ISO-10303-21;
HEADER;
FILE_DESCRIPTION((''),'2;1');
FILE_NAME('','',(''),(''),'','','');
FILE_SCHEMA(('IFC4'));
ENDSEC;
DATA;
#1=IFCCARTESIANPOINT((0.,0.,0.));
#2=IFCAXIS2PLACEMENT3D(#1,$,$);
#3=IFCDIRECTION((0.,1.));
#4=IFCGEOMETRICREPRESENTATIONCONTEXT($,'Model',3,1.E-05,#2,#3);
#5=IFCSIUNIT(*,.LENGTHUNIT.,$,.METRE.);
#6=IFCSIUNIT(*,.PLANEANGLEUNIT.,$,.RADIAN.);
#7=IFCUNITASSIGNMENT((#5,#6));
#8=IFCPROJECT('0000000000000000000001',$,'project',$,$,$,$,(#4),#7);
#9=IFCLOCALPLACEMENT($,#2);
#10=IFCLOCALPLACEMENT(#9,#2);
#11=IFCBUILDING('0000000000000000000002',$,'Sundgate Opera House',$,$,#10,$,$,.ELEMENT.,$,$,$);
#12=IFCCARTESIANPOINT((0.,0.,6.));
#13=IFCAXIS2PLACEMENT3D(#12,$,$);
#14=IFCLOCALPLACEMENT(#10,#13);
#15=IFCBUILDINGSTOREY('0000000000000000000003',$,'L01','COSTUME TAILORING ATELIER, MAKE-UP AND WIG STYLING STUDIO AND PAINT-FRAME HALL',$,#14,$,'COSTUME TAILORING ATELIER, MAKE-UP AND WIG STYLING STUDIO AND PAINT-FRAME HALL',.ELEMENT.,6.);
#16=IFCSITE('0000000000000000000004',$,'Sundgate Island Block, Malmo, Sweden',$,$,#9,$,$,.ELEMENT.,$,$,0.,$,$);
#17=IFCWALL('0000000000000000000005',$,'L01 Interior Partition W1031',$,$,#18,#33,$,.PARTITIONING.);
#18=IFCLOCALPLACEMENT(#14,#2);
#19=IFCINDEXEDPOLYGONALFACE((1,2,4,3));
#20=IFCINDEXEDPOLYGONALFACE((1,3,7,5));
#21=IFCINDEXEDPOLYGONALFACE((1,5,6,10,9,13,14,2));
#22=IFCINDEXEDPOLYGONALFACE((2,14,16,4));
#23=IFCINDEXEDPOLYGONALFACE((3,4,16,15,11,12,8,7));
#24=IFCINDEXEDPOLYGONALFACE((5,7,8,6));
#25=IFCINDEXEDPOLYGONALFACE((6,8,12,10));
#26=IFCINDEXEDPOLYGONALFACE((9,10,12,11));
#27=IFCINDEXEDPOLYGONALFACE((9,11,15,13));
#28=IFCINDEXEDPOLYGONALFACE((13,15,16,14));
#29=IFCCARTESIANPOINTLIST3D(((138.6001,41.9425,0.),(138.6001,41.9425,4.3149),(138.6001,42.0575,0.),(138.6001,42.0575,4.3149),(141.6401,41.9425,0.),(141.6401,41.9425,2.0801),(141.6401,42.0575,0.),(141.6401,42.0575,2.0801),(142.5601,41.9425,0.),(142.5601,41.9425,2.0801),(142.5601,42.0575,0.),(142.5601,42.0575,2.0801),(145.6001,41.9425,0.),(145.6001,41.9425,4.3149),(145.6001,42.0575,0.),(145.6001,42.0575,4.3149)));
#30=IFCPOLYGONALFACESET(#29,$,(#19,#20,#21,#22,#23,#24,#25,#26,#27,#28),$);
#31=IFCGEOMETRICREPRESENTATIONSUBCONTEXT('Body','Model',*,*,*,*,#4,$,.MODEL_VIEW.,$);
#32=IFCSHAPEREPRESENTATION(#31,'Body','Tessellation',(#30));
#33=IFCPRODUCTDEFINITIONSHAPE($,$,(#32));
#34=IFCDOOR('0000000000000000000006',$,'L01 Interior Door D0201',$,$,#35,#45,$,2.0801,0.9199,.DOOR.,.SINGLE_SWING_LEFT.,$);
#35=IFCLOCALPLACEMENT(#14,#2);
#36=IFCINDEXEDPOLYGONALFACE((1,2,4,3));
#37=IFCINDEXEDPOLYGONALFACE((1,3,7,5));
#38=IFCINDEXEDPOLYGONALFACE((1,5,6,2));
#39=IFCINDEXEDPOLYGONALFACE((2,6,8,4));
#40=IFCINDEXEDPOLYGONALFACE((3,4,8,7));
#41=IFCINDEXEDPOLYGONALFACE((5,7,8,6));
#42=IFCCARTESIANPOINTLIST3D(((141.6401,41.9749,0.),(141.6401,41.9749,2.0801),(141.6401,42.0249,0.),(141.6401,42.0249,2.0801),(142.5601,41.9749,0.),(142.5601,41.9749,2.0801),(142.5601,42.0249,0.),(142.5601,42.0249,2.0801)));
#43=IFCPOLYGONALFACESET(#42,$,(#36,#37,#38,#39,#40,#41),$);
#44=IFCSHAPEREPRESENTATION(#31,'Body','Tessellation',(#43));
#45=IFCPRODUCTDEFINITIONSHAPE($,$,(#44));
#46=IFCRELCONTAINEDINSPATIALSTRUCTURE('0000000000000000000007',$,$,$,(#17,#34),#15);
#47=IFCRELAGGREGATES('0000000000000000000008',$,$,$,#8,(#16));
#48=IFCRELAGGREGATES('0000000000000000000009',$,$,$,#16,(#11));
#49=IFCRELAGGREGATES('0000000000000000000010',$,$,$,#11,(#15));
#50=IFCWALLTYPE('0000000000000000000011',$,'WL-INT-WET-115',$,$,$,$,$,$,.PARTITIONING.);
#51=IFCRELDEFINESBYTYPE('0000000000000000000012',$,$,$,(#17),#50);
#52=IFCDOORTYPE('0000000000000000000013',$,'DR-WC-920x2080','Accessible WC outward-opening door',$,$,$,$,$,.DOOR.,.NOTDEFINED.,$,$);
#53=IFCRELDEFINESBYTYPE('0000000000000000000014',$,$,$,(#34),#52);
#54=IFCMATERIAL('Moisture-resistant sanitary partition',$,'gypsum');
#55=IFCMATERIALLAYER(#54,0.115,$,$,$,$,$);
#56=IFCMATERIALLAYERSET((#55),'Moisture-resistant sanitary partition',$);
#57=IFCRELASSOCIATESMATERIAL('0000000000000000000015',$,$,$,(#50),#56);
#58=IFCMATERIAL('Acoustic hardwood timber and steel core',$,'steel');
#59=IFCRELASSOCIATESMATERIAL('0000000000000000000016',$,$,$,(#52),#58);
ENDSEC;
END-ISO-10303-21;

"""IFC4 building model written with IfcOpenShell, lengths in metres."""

from ifc_helpers import new_model, si_unit, direction, frame, frame_2d, origin, place, context, subcontext, project, spatial, rectangle, extrude, material, layer, layer_set, type_object, element, fill, save


model = new_model("IFC4")

# Units and contexts
model_context = context("Model", 3, precision=1e-05, world=origin(), true_north=direction((0.0, 1.0)))
body_context = subcontext(model_context, "Body", "Model", "MODEL_VIEW")
ifc_project = project(units=[si_unit("LENGTHUNIT", "METRE"), si_unit("PLANEANGLEUNIT", "RADIAN")], contexts=[model_context])

# Site, building, storey
site_placement = place(None, origin())
site = spatial("IfcSite", under=ifc_project, at=site_placement, Name="Sundgate Island Block, Malmo, Sweden", CompositionType="ELEMENT", RefElevation=0.0)
building_placement = place(site_placement, origin())
building = spatial("IfcBuilding", under=site, at=building_placement, Name="Sundgate Opera House", CompositionType="ELEMENT")
storey_placement = place(building_placement, frame((0.0, 0.0, 6.0)))
storey = spatial("IfcBuildingStorey", under=building, at=storey_placement, Name="L01", Description="COSTUME TAILORING ATELIER, MAKE-UP AND WIG STYLING STUDIO AND PAINT-FRAME HALL", LongName="COSTUME TAILORING ATELIER, MAKE-UP AND WIG STYLING STUDIO AND PAINT-FRAME HALL", CompositionType="ELEMENT", Elevation=6.0)

# Wall, opening, door
ifc_material_1 = material(Name="Moisture-resistant sanitary partition", Category="gypsum")
ifc_layer_1 = layer(ifc_material_1, 0.115)
ifc_layer_set_1 = layer_set([ifc_layer_1], Name="Moisture-resistant sanitary partition")
wall_type = type_object("IfcWallType", Name="WL-INT-WET-115", PredefinedType="PARTITIONING", material=ifc_layer_set_1)
wall_placement = place(storey_placement, frame((138.6001, 42.0, 0.0), z_axis=(0.0, 0.0, 1.0), x_axis=(1.0, 0.0, 0.0)))
wall = element("IfcWall", 1, at=wall_placement, inside=storey, type_object=wall_type, Name="L01 Interior Partition W1031", PredefinedType="PARTITIONING", context=body_context, shape_type="SweptSolid", body=[
    extrude(rectangle(XDim=7.0, YDim=0.115, at=frame_2d((3.5, 0.0))), origin(), (0.0, 0.0, 1.0), 4.3149),
])
opening_placement = place(wall_placement, frame((3.04, 0.0, 0.0)))
opening = element("IfcOpeningElement", 2, at=opening_placement, cuts=wall, PredefinedType="OPENING", context=body_context, shape_type="SweptSolid", body=[
    extrude(rectangle(XDim=0.9199, YDim=2.0801, at=frame_2d((0.46, 1.04))), frame((0.0, 0.0674, 0.0), z_axis=(0.0, -1.0, 0.0), x_axis=(1.0, 0.0, 0.0)), (0.0, 0.0, 1.0), 0.135),
])
ifc_material_2 = material(Name="Acoustic hardwood timber and steel core", Category="steel")
door_type = type_object("IfcDoorType", Name="DR-WC-920x2080", Description="Accessible WC outward-opening door", OperationType="NOTDEFINED", PredefinedType="DOOR", material=ifc_material_2)
door_placement = place(opening_placement, origin())
door = element("IfcDoor", 3, at=door_placement, inside=storey, type_object=door_type, Name="L01 Interior Door D0201", OperationType="SINGLE_SWING_LEFT", OverallHeight=2.0801, OverallWidth=0.9199, PredefinedType="DOOR", context=body_context, shape_type="SweptSolid", body=[
    extrude(rectangle(XDim=0.9199, YDim=2.0801, at=frame_2d((0.46, 1.04))), frame((0.0, 0.0249, 0.0), z_axis=(0.0, -1.0, 0.0), x_axis=(1.0, 0.0, 0.0)), (0.0, 0.0, 1.0), 0.05),
])
fill(opening, door)

save(model, "model.ifc")
